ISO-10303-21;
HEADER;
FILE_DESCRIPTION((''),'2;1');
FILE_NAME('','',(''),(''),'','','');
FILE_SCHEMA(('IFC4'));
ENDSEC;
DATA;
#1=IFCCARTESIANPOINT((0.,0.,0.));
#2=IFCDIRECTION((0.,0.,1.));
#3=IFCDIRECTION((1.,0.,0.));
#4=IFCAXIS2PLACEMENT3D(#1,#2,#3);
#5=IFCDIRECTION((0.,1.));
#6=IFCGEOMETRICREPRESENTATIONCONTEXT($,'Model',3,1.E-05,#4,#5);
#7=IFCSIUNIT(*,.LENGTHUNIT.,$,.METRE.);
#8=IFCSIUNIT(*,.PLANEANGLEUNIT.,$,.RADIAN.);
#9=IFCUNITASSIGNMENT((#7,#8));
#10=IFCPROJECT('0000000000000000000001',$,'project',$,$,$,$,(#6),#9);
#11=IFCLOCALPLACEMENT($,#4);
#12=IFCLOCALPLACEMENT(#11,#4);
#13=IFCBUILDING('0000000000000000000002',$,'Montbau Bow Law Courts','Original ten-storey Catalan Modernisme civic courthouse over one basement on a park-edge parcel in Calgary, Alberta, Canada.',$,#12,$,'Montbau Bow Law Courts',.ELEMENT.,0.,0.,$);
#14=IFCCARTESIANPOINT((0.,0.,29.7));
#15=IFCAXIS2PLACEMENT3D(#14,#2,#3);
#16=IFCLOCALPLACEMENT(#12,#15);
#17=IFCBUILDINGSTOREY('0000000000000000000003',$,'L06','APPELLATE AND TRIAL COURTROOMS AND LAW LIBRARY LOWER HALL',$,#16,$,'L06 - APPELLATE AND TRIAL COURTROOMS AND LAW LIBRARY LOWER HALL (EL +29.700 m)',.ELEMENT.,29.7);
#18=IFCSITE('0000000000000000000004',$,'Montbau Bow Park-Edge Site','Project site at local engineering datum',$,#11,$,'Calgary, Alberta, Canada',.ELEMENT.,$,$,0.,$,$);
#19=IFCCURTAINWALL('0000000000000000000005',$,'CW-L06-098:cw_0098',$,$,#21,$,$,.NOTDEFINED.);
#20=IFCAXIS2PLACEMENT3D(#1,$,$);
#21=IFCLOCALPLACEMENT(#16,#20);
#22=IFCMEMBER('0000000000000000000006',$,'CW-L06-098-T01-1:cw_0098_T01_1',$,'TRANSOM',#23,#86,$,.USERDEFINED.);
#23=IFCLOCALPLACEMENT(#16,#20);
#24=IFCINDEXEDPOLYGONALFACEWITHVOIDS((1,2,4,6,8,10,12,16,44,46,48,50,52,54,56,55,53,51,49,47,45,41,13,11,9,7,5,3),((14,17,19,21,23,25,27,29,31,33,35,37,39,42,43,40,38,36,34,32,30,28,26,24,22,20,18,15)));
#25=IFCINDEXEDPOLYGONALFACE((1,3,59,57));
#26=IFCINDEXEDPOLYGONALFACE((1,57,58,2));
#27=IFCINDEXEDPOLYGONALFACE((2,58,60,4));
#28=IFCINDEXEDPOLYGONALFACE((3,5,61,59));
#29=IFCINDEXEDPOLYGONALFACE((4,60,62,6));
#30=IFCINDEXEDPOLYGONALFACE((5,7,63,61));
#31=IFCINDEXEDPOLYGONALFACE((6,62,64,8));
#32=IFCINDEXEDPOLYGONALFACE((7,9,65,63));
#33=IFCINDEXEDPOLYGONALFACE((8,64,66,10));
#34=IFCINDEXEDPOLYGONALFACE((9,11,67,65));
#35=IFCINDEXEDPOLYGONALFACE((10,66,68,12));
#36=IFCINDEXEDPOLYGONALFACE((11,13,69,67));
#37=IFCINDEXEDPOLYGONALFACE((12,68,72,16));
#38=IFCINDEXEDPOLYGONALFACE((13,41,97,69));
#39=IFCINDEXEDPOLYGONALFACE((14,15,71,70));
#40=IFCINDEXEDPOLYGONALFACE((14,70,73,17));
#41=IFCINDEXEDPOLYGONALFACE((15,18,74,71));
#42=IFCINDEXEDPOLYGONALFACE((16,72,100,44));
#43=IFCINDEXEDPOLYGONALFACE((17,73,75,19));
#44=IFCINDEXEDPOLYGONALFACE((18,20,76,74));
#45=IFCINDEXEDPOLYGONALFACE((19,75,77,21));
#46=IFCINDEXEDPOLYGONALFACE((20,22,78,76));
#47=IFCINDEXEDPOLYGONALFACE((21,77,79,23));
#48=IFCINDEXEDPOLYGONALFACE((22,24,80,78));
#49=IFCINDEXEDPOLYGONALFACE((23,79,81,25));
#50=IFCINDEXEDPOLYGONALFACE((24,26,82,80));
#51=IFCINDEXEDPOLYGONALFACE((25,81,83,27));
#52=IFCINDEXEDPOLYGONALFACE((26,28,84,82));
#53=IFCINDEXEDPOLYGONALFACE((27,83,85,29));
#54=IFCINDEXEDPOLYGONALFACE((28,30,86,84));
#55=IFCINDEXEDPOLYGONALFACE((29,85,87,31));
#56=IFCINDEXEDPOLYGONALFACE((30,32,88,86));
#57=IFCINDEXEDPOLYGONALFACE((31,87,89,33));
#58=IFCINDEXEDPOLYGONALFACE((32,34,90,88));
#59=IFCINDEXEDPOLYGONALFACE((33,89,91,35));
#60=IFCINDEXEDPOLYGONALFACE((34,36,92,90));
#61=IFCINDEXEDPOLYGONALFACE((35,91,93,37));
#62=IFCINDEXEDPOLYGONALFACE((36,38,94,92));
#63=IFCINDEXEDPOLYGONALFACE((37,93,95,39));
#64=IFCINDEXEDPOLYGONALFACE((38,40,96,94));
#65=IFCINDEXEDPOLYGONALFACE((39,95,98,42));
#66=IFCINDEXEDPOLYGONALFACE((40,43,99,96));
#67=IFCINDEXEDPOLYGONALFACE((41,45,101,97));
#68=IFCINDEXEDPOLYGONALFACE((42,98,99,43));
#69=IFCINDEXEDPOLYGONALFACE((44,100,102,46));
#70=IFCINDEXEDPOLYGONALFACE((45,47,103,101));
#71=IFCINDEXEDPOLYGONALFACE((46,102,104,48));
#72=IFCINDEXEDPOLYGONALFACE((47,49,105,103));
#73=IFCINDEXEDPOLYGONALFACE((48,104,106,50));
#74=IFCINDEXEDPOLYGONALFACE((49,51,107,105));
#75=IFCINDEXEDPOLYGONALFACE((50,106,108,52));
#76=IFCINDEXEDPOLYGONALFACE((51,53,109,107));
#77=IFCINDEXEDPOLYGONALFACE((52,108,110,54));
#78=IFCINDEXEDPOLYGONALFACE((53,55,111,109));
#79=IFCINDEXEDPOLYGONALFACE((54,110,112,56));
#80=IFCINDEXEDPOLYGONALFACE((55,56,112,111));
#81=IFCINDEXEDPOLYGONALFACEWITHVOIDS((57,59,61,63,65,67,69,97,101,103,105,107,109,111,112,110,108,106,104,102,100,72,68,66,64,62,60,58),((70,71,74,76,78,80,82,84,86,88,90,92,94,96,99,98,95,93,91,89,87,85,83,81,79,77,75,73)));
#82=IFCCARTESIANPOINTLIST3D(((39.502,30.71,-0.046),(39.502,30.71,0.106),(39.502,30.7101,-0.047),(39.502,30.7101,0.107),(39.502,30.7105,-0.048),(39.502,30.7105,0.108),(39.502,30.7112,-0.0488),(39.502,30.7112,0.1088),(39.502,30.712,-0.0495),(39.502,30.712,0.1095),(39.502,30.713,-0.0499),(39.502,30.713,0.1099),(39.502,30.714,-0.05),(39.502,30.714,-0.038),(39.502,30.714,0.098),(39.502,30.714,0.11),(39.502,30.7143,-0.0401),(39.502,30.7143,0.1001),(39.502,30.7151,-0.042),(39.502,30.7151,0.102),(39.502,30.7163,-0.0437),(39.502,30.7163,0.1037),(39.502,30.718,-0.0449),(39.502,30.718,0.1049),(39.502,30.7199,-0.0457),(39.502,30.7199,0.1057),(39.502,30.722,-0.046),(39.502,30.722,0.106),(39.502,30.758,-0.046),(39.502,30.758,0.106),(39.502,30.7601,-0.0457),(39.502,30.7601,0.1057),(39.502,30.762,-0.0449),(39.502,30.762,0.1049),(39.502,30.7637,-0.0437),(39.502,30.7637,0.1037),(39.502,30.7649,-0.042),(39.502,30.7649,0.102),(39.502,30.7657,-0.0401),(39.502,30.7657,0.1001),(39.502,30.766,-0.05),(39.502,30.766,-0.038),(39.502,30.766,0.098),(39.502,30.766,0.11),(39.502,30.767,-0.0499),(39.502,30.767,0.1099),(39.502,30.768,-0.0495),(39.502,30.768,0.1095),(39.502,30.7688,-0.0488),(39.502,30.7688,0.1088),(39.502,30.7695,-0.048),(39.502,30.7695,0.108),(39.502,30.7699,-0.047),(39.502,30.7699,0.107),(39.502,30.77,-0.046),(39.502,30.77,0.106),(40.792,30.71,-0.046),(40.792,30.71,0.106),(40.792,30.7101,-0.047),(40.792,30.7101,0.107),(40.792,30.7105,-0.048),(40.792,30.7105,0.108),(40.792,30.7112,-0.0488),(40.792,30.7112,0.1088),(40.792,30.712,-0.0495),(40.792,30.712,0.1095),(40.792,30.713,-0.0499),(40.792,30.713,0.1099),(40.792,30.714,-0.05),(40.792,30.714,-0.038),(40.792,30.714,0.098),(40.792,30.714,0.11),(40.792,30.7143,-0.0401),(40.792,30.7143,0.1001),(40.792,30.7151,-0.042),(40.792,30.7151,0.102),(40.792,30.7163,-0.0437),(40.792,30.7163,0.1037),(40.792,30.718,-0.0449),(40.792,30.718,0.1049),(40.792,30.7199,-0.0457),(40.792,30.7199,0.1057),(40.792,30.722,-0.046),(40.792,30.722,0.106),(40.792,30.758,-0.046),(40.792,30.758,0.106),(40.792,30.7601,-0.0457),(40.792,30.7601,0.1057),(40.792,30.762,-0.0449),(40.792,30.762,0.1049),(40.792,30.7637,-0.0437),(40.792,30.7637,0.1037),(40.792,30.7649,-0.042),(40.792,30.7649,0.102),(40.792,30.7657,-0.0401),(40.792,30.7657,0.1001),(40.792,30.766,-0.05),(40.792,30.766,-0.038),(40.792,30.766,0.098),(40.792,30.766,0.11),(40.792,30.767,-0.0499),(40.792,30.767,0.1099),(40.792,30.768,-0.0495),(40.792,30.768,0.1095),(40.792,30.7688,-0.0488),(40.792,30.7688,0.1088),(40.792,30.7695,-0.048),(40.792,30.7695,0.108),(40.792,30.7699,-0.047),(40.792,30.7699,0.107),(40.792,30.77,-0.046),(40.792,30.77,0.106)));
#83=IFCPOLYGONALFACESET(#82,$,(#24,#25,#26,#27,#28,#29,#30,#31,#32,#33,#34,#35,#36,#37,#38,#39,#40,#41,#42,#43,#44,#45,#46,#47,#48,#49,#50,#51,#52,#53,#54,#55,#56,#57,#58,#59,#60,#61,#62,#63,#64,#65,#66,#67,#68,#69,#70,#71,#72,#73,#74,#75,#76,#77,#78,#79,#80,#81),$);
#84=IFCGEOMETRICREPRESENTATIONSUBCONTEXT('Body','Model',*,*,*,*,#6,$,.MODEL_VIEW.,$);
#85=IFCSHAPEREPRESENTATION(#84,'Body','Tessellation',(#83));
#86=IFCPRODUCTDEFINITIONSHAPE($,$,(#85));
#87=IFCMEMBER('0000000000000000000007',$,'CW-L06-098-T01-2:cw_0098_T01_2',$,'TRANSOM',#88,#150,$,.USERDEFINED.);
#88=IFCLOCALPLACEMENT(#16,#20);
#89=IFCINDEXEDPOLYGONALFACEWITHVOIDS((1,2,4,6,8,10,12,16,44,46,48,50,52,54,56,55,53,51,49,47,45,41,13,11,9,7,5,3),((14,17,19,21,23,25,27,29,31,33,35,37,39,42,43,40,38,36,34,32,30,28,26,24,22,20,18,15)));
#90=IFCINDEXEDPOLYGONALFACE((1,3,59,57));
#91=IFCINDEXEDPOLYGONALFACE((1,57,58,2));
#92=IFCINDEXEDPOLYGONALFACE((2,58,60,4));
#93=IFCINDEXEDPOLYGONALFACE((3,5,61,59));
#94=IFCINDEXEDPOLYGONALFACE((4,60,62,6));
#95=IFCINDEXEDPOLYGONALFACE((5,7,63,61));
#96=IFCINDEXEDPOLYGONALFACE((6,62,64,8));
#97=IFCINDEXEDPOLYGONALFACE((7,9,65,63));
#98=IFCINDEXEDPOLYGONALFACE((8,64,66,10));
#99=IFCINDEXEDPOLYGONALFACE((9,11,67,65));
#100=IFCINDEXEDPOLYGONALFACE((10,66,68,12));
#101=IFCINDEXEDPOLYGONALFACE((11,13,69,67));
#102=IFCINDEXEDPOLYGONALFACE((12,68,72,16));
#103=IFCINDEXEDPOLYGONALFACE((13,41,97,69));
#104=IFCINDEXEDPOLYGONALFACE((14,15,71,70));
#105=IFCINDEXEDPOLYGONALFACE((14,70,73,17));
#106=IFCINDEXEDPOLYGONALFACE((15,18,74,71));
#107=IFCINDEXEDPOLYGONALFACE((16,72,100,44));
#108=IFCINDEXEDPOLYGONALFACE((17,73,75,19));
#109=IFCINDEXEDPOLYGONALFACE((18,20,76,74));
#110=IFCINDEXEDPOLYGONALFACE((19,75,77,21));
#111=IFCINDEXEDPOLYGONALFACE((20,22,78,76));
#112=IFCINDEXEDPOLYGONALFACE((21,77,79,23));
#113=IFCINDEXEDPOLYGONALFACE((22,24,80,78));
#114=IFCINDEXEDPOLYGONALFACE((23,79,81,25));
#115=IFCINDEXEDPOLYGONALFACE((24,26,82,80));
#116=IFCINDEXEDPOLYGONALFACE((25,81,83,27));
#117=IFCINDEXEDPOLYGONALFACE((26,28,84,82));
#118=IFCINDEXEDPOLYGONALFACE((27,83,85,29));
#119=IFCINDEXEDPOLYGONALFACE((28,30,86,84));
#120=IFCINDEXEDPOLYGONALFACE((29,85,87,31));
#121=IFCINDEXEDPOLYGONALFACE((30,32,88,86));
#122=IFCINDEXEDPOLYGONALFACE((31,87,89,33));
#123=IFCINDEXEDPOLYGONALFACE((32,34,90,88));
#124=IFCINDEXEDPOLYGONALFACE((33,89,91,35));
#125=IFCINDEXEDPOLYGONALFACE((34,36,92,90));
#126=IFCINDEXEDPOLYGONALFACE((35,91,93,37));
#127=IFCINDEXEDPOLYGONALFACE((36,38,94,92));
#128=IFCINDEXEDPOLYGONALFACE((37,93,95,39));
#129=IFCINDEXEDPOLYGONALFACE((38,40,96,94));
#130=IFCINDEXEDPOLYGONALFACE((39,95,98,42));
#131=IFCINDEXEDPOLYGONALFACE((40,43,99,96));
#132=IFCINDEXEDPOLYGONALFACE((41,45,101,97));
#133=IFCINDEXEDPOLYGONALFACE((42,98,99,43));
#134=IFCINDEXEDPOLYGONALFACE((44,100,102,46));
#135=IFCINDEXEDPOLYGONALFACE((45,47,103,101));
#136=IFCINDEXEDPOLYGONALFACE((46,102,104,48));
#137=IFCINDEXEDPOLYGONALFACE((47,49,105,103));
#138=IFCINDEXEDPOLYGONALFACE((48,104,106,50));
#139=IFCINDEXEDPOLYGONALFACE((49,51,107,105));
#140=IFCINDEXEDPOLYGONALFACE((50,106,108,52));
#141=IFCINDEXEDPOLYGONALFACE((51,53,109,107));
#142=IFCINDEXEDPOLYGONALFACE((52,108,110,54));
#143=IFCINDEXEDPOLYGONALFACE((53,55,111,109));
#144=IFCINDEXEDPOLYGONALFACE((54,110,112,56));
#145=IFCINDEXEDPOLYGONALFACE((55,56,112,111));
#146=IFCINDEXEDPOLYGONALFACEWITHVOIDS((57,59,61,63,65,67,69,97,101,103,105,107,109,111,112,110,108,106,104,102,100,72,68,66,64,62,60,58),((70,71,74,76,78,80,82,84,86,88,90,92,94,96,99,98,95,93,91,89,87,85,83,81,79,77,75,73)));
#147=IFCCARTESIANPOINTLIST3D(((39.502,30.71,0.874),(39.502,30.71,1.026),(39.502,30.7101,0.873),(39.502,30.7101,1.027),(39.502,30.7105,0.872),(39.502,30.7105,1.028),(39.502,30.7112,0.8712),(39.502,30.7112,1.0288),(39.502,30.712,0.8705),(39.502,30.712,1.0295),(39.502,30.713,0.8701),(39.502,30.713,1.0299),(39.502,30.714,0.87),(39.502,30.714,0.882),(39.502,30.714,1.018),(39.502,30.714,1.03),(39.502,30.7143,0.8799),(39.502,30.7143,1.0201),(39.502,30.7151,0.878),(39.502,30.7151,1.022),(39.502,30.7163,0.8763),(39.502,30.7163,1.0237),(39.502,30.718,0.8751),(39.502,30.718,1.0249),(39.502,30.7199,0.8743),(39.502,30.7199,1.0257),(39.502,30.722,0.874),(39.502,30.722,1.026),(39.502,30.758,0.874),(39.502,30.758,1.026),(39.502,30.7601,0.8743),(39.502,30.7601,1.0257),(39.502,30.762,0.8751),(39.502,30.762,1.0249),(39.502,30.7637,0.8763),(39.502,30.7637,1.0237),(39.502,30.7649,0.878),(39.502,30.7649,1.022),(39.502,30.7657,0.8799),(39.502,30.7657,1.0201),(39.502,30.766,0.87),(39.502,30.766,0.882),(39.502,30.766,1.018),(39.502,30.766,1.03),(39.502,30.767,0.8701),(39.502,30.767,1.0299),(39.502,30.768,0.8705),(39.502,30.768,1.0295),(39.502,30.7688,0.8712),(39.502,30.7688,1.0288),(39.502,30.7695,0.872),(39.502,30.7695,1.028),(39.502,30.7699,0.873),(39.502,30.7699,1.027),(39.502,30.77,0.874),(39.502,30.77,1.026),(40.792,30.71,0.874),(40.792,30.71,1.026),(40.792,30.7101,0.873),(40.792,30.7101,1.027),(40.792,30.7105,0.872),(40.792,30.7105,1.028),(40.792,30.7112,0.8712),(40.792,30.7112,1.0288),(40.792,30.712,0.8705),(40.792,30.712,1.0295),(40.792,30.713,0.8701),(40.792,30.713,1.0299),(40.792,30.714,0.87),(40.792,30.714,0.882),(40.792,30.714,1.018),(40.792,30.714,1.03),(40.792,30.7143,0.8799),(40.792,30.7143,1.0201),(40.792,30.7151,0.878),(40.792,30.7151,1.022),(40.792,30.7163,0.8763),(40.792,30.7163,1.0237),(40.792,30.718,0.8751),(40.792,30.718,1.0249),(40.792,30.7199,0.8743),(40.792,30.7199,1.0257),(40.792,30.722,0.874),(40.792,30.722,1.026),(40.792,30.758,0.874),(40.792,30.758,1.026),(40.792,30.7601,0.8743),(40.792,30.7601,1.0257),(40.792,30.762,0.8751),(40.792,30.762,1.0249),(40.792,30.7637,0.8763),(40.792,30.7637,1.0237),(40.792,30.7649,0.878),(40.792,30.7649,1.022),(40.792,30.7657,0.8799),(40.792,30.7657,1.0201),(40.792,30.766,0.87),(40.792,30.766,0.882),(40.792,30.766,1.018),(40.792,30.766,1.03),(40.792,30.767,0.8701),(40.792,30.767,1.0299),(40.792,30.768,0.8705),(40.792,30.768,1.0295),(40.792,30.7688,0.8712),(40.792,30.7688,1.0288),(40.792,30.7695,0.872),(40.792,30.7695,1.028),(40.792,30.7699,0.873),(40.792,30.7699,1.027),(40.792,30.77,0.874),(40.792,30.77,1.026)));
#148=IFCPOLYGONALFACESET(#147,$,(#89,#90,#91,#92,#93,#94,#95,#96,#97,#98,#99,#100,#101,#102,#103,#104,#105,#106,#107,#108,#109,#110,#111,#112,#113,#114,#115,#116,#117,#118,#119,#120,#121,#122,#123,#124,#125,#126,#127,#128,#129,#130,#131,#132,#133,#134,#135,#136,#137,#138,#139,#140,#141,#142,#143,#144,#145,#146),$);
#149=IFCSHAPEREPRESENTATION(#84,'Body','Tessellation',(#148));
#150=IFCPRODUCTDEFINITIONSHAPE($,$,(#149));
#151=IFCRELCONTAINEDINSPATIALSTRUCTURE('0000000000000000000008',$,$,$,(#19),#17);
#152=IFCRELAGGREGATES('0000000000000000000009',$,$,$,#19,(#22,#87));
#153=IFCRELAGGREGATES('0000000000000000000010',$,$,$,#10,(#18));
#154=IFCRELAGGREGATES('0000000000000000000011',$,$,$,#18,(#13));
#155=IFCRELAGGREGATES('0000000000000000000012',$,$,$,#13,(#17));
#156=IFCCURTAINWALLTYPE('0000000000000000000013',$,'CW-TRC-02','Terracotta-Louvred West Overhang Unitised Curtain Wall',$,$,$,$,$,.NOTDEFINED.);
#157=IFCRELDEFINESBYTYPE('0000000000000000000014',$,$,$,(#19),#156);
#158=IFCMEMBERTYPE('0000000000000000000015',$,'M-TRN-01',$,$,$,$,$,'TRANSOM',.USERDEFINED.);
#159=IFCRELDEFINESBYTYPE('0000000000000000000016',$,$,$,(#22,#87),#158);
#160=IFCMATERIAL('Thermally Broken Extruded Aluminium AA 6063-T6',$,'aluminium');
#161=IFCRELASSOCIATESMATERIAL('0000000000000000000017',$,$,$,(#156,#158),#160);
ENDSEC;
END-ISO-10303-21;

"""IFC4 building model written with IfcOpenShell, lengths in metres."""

from ifc_helpers import new_model, si_unit, direction, frame, origin_with_axes, origin_2d_with_axis, place, context, subcontext, project, spatial, hollow_rectangle, extrude, material, material_profile, profile_set, type_object, element, aggregate, save


model = new_model("IFC4")

# Units and contexts
model_context = context("Model", 3, precision=1e-05, world=origin_with_axes(), true_north=direction((0.0, 1.0)))
body_context = subcontext(model_context, "Body", "Model", "MODEL_VIEW")
ifc_project = project(units=[si_unit("LENGTHUNIT", "METRE"), si_unit("PLANEANGLEUNIT", "RADIAN")], contexts=[model_context])

# Site, building, storey
site_placement = place(None, origin_with_axes())
site = spatial("IfcSite", under=ifc_project, at=site_placement, Name="Montbau Bow Park-Edge Site", Description="Project site at local engineering datum", LongName="Calgary, Alberta, Canada", CompositionType="ELEMENT", RefElevation=0.0)
building_placement = place(site_placement, origin_with_axes())
building = spatial("IfcBuilding", under=site, at=building_placement, Name="Montbau Bow Law Courts", Description="Original ten-storey Catalan Modernisme civic courthouse over one basement on a park-edge parcel in Calgary, Alberta, Canada.", LongName="Montbau Bow Law Courts", CompositionType="ELEMENT", ElevationOfRefHeight=0.0, ElevationOfTerrain=0.0)
storey_placement = place(building_placement, frame((0.0, 0.0, 29.7), z_axis=(0.0, 0.0, 1.0), x_axis=(1.0, 0.0, 0.0)))
storey = spatial("IfcBuildingStorey", under=building, at=storey_placement, Name="L06", Description="APPELLATE AND TRIAL COURTROOMS AND LAW LIBRARY LOWER HALL", LongName="L06 - APPELLATE AND TRIAL COURTROOMS AND LAW LIBRARY LOWER HALL (EL +29.700 m)", CompositionType="ELEMENT", Elevation=29.7)

# Curtain wall, members
ifc_material_1 = material(Name="Thermally Broken Extruded Aluminium AA 6063-T6", Category="aluminium")
curtain_wall_type = type_object("IfcCurtainWallType", Name="CW-TRC-02", Description="Terracotta-Louvred West Overhang Unitised Curtain Wall", PredefinedType="NOTDEFINED", material=ifc_material_1)
curtain_wall_placement = place(None, frame((39.44, 30.74, 29.7), z_axis=(0.0, 0.0, 1.0), x_axis=(1.0, 0.0, 0.0)))
curtain_wall = element("IfcCurtainWall", 1, at=curtain_wall_placement, inside=storey, type_object=curtain_wall_type, Name="CW-L06-098:cw_0098", PredefinedType="NOTDEFINED")
ifc_material_profile_1 = material_profile(ifc_material_1, hollow_rectangle(XDim=0.06, YDim=0.16, WallThickness=0.004, InnerFilletRadius=0.008, OuterFilletRadius=0.004, at=origin_2d_with_axis()), Name="CWT-160X60", Category="Main", Priority=0)
ifc_profile_set_1 = profile_set([ifc_material_profile_1], Name="Thermally Broken Extruded Aluminium AA 6063-T6")
member_type_1 = type_object("IfcMemberType", Name="M-TRN-01", ElementType="TRANSOM", PredefinedType="USERDEFINED", material=ifc_profile_set_1)
member_1_placement = place(None, frame((39.502, 30.74, 29.73), z_axis=(1.0, 0.0, 0.0), x_axis=(0.0, 1.0, 0.0)))
member_1 = element("IfcMember", 2, at=member_1_placement, type_object=member_type_1, Name="CW-L06-098-T01-1:cw_0098_T01_1", ObjectType="TRANSOM", PredefinedType="USERDEFINED", context=body_context, shape_type="SweptSolid", body=[
    extrude(hollow_rectangle(XDim=0.06, YDim=0.16, WallThickness=0.004, InnerFilletRadius=0.008, OuterFilletRadius=0.004, at=origin_2d_with_axis()), origin_with_axes(), (0.0, 0.0, 1.0), 1.29),
])
member_2_placement = place(None, frame((39.502, 30.74, 30.65), z_axis=(1.0, 0.0, 0.0), x_axis=(0.0, 1.0, 0.0)))
member_2 = element("IfcMember", 3, at=member_2_placement, type_object=member_type_1, Name="CW-L06-098-T01-2:cw_0098_T01_2", ObjectType="TRANSOM", PredefinedType="USERDEFINED", context=body_context, shape_type="SweptSolid", body=[
    extrude(hollow_rectangle(XDim=0.06, YDim=0.16, WallThickness=0.004, InnerFilletRadius=0.008, OuterFilletRadius=0.004, at=origin_2d_with_axis()), origin_with_axes(), (0.0, 0.0, 1.0), 1.29),
])
aggregate(curtain_wall, [member_1, member_2])

save(model, "model.ifc")
